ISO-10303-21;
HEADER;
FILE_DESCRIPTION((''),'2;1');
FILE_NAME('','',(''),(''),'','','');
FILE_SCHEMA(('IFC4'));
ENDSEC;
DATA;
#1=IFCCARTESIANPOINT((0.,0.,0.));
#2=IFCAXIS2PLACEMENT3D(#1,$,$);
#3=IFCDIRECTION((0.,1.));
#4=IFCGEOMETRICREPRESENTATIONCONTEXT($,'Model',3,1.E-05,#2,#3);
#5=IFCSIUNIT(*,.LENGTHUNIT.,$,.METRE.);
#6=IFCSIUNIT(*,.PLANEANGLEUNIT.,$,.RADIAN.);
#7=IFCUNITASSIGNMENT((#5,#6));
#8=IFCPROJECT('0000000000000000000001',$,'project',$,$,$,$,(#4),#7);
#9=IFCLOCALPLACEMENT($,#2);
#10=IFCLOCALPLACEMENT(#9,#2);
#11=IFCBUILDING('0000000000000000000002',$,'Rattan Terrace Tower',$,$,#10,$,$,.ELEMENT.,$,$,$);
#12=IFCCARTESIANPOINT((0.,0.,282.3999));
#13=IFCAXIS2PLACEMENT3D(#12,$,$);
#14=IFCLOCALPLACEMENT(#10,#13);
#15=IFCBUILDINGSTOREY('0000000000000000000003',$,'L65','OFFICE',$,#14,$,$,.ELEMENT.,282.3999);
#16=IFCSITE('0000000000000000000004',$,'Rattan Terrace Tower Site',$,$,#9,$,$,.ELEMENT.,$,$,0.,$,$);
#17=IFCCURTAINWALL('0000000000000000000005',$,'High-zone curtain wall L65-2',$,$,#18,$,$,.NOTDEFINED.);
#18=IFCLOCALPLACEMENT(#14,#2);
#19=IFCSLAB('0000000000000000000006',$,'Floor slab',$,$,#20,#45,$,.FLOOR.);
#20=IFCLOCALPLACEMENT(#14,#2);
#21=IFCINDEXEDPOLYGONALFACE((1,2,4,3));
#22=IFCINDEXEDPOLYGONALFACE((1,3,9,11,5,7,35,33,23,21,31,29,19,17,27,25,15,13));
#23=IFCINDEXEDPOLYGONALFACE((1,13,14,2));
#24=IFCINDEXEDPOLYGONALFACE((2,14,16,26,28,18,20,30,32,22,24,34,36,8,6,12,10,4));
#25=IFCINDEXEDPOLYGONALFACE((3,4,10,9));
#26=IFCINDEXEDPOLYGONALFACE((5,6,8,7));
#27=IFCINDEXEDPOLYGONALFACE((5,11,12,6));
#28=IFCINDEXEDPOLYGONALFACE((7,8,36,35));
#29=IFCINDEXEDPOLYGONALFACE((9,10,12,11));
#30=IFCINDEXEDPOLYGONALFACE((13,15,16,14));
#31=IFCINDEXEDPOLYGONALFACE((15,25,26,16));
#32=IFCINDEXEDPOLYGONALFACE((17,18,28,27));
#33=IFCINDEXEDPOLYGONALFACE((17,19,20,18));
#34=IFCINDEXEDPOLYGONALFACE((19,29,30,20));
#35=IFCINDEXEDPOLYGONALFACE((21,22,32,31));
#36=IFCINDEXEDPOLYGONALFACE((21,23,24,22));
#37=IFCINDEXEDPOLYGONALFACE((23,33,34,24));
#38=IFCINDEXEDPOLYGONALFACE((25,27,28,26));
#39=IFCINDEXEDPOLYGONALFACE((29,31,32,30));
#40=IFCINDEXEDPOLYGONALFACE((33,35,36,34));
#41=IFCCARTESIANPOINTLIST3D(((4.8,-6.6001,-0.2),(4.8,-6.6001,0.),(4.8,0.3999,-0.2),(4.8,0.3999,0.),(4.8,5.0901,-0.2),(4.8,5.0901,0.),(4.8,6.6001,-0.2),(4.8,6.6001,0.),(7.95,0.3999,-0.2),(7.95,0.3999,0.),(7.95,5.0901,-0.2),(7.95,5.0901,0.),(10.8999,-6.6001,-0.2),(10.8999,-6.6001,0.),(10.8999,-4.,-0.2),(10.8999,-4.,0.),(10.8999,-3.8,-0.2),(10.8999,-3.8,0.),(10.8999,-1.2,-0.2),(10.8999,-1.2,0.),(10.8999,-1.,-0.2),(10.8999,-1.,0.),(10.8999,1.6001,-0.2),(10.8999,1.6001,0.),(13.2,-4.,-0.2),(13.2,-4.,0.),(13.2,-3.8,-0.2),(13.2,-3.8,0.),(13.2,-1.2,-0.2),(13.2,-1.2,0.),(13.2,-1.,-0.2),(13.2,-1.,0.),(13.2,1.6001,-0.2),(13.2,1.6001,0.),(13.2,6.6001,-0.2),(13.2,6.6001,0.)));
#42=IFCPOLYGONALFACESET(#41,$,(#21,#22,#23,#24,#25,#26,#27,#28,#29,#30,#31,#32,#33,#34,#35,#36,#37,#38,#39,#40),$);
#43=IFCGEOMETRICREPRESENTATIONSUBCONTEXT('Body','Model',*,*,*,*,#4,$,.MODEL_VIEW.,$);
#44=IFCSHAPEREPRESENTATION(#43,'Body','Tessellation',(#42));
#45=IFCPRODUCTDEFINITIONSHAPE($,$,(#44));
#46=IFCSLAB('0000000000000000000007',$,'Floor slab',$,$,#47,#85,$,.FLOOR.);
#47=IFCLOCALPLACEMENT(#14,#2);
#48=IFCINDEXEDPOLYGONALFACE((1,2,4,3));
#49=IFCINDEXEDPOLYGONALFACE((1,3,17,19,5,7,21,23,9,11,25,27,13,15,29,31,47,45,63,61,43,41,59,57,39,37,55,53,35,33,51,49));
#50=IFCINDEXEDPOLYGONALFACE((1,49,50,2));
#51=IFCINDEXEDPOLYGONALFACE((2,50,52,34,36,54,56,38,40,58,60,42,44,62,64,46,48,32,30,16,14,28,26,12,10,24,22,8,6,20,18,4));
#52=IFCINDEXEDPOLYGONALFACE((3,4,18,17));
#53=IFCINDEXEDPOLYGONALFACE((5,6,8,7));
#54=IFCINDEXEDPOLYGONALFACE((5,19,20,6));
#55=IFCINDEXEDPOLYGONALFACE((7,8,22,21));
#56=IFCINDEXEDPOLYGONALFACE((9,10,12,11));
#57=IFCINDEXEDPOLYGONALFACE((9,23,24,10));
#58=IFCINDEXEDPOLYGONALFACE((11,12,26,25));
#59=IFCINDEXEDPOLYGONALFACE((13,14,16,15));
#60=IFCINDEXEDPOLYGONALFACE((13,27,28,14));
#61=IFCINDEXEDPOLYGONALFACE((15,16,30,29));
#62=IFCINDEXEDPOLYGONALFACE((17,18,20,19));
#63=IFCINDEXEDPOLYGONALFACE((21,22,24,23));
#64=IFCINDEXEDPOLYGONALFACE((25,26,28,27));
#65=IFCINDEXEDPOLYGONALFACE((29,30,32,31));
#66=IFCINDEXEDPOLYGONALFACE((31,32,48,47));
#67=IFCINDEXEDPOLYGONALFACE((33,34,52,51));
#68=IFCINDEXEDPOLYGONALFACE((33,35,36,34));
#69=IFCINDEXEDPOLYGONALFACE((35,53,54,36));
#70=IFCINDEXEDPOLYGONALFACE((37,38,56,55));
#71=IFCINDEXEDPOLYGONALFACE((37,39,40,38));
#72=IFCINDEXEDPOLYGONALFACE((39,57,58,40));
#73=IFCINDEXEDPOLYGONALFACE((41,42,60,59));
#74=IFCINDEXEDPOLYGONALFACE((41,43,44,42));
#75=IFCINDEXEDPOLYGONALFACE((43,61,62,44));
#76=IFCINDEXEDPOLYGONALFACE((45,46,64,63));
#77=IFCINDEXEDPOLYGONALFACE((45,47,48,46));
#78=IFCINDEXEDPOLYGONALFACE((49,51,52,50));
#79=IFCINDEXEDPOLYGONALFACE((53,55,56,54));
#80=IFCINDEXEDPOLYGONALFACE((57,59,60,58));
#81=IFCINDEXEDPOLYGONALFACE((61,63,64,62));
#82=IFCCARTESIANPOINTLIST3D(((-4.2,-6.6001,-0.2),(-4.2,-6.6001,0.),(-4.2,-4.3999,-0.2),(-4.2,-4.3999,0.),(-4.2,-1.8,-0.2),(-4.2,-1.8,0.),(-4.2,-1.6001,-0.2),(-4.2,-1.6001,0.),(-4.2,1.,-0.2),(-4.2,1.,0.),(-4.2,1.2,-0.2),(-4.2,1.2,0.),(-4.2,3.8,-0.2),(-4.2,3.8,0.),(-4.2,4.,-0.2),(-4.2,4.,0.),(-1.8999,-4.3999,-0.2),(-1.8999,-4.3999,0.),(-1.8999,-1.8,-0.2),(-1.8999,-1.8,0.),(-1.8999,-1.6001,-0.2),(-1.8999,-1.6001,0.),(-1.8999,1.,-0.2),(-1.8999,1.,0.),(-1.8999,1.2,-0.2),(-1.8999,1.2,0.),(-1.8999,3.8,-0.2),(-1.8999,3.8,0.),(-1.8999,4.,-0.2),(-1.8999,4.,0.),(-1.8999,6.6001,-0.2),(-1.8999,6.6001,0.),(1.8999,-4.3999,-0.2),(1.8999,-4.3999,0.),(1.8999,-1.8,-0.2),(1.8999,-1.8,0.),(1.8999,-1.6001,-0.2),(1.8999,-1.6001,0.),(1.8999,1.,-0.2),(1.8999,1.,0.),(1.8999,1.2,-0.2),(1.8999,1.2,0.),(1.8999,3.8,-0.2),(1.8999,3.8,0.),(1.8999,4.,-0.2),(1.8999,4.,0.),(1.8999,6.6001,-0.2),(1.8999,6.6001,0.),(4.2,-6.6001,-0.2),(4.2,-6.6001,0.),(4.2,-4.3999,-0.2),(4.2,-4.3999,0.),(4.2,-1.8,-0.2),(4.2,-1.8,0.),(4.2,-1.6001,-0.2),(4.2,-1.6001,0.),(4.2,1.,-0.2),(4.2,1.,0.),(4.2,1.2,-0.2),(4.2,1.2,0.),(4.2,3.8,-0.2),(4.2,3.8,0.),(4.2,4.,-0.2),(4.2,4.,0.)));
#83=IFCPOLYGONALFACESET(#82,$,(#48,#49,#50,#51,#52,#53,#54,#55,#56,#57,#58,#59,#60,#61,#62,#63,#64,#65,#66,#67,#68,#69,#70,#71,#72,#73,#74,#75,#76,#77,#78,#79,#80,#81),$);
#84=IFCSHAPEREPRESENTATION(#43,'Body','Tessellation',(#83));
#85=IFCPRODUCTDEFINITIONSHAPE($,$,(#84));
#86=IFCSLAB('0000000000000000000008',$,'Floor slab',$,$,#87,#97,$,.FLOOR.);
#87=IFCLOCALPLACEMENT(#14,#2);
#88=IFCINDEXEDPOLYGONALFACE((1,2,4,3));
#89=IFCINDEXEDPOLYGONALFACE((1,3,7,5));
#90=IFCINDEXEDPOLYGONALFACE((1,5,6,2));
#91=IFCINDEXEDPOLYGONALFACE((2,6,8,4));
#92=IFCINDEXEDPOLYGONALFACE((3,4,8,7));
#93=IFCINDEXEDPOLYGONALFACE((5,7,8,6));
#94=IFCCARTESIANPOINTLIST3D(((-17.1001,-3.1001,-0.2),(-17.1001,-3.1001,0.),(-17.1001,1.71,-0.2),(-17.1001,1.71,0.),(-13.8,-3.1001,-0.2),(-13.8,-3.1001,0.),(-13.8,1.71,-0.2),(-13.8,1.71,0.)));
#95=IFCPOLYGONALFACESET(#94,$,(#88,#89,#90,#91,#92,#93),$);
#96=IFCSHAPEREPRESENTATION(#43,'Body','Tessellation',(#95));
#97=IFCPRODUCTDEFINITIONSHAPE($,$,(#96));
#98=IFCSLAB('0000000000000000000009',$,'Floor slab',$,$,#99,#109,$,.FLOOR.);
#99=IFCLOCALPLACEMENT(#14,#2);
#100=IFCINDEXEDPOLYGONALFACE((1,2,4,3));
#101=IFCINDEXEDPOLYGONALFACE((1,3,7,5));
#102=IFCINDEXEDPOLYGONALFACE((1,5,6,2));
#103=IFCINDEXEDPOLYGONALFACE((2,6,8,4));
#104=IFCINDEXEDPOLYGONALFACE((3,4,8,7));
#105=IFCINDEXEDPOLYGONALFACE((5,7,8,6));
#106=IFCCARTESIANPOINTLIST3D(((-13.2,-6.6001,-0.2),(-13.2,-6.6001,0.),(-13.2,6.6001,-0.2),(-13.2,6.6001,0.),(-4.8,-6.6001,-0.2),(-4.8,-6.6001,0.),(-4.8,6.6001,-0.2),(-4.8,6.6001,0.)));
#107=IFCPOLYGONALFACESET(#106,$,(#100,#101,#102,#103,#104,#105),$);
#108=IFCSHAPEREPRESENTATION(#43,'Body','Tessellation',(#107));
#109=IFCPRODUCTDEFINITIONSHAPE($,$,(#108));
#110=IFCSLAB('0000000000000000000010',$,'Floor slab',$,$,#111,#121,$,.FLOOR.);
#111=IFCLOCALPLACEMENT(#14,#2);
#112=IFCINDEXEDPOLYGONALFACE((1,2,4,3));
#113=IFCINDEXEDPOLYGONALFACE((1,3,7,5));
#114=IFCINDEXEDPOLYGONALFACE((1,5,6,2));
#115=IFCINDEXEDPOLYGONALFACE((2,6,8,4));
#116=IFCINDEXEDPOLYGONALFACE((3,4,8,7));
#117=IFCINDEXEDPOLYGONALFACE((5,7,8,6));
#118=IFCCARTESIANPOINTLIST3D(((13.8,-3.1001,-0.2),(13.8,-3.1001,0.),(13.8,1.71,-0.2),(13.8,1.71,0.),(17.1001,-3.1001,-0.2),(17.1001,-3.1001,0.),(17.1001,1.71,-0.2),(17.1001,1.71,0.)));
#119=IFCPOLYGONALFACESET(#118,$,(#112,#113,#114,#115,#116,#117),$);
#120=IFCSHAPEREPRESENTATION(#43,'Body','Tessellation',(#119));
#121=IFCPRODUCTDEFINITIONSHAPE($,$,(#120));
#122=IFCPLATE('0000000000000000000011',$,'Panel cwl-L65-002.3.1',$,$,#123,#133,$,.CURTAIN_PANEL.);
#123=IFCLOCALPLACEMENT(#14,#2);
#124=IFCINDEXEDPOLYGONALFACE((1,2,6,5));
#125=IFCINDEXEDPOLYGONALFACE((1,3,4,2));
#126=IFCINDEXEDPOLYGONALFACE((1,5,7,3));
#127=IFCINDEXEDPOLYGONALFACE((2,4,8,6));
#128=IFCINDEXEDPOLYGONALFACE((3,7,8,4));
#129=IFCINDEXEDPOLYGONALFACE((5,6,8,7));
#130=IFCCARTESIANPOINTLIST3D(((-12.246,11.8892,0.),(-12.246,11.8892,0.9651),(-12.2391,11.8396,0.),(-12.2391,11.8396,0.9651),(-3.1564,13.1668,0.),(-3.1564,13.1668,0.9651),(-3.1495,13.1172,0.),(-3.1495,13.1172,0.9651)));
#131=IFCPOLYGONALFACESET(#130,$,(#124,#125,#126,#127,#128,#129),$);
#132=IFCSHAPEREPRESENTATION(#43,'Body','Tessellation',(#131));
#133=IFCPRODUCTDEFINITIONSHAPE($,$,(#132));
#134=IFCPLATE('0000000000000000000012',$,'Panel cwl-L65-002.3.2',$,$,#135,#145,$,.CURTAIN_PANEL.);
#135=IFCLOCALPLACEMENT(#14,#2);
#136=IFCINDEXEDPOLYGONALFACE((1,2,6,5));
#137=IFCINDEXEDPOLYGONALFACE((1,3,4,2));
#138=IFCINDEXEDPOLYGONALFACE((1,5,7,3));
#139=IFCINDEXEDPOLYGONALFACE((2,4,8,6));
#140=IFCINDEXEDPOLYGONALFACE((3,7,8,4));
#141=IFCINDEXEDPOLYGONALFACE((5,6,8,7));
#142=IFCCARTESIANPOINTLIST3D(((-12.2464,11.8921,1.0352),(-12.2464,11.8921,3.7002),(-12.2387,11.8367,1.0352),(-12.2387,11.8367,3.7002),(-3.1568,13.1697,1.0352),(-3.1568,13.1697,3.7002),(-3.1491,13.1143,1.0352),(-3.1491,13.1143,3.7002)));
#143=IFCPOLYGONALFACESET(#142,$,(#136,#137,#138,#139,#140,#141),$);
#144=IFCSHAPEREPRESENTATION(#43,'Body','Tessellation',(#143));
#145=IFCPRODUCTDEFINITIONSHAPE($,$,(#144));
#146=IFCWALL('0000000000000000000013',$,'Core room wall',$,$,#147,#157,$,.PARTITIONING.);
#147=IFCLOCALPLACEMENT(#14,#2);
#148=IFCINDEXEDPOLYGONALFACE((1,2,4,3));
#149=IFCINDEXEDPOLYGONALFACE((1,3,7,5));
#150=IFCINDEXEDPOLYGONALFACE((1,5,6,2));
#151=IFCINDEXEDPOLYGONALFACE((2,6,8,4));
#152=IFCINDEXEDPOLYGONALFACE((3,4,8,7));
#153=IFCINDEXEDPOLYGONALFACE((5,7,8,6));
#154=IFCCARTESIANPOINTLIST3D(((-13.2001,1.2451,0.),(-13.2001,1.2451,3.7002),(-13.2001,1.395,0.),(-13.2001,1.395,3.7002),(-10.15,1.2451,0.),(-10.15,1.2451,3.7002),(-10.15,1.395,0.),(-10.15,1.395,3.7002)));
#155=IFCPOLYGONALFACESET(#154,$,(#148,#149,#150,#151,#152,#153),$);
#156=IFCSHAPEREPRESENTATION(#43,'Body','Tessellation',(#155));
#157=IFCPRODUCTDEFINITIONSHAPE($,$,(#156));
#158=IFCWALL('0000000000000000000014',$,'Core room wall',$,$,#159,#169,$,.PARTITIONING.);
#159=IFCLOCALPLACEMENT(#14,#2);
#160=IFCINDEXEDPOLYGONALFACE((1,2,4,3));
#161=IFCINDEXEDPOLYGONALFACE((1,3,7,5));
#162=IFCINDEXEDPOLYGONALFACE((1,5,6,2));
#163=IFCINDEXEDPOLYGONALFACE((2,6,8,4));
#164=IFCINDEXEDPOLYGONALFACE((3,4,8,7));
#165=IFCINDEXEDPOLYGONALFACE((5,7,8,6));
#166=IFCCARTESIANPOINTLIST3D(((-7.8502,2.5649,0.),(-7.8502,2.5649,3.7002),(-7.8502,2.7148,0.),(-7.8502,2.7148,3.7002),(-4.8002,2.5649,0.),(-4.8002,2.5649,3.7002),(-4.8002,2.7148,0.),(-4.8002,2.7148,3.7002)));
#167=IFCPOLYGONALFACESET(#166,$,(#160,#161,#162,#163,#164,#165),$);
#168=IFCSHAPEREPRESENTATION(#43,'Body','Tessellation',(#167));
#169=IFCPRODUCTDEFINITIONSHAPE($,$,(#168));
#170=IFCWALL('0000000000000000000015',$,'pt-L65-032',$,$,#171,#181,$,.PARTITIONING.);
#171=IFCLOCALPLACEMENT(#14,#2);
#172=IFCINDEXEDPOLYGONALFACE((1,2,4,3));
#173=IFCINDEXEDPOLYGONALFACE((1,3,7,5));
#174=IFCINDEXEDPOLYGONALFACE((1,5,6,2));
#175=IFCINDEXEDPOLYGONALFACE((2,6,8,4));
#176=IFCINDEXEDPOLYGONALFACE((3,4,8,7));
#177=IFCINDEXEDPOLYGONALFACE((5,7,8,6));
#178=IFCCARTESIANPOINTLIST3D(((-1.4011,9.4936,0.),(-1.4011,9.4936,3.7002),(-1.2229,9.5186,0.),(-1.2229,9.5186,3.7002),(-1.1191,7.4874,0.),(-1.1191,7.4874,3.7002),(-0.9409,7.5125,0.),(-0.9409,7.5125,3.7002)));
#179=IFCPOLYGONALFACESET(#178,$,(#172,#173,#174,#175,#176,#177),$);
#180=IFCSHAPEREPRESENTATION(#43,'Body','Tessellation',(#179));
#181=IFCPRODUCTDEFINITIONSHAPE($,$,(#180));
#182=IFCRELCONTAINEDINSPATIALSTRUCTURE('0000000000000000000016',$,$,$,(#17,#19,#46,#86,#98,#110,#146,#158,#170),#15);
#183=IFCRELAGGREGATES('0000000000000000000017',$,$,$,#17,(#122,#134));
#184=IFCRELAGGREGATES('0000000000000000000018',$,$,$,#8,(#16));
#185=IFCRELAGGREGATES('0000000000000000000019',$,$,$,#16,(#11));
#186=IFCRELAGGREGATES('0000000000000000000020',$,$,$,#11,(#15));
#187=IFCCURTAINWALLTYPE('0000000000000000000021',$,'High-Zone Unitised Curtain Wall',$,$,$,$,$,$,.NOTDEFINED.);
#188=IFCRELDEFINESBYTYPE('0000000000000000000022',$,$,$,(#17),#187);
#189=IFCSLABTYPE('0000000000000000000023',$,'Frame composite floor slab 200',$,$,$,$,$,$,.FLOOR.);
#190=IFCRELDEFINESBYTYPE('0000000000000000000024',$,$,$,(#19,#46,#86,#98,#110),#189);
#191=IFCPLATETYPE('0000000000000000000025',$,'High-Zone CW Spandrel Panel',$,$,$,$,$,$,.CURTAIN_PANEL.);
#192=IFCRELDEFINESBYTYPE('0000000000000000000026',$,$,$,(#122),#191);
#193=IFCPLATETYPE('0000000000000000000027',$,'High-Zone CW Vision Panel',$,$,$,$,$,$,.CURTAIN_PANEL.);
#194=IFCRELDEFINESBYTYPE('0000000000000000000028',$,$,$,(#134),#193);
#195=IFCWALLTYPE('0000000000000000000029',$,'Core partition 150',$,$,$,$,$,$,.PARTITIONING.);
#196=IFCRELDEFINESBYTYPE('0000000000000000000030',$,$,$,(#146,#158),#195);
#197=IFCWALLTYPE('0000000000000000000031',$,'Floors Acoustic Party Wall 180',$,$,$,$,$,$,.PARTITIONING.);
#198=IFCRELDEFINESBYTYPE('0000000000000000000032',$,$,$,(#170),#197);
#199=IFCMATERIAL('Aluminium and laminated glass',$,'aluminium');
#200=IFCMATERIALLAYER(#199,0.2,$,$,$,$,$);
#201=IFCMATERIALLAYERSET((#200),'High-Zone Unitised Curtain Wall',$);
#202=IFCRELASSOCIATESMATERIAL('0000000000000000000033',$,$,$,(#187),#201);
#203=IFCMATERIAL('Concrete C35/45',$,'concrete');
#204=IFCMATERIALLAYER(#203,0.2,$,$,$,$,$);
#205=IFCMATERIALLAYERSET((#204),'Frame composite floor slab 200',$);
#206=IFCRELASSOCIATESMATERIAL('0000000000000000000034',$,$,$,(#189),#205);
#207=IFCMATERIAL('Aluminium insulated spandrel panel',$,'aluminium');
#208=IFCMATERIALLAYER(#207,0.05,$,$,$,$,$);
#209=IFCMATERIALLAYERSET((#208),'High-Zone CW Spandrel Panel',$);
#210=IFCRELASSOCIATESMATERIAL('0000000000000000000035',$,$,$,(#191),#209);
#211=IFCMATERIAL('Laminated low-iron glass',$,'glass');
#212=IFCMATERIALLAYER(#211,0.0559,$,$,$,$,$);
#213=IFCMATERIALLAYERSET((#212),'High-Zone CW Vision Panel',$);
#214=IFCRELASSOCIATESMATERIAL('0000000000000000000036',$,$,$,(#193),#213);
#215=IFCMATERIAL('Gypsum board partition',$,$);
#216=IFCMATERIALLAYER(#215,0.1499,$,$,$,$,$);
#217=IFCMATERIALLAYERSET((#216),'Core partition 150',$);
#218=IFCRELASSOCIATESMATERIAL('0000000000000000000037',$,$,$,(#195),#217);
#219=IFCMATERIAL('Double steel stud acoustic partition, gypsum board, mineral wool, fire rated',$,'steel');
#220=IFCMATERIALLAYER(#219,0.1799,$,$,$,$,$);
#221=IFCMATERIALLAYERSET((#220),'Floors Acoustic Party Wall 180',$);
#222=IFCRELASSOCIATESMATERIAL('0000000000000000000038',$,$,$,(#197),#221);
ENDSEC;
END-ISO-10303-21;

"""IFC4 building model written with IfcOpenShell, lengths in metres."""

from ifc_helpers import new_model, si_unit, direction, frame, frame_2d, origin, origin_2d, place, context, subcontext, project, spatial, polyline, rectangle, outline, extrude, material, layer, layer_set, type_object, element, aggregate, save


model = new_model("IFC4")

# Units and contexts
model_context = context("Model", 3, precision=1e-05, world=origin(), true_north=direction((0.0, 1.0)))
body_context = subcontext(model_context, "Body", "Model", "MODEL_VIEW")
ifc_project = project(units=[si_unit("LENGTHUNIT", "METRE"), si_unit("PLANEANGLEUNIT", "RADIAN")], contexts=[model_context])

# Site, building, storey
site_placement = place(None, origin())
site = spatial("IfcSite", under=ifc_project, at=site_placement, Name="Rattan Terrace Tower Site", CompositionType="ELEMENT", RefElevation=0.0)
building_placement = place(site_placement, origin())
building = spatial("IfcBuilding", under=site, at=building_placement, Name="Rattan Terrace Tower", CompositionType="ELEMENT")
storey_placement = place(building_placement, frame((0.0, 0.0, 282.3999)))
storey = spatial("IfcBuildingStorey", under=building, at=storey_placement, Name="L65", Description="OFFICE", CompositionType="ELEMENT", Elevation=282.3999)

# Curtain wall
ifc_material_1 = material(Name="Aluminium and laminated glass", Category="aluminium")
ifc_layer_1 = layer(ifc_material_1, 0.2)
ifc_layer_set_1 = layer_set([ifc_layer_1], Name="High-Zone Unitised Curtain Wall")
curtain_wall_type = type_object("IfcCurtainWallType", Name="High-Zone Unitised Curtain Wall", PredefinedType="NOTDEFINED", material=ifc_layer_set_1)
curtain_wall_placement = place(storey_placement, origin())
curtain_wall = element("IfcCurtainWall", 1, at=curtain_wall_placement, inside=storey, type_object=curtain_wall_type, Name="High-zone curtain wall L65-2", PredefinedType="NOTDEFINED")

# Slabs
ifc_material_2 = material(Name="Concrete C35/45", Category="concrete")
ifc_layer_2 = layer(ifc_material_2, 0.2)
ifc_layer_set_2 = layer_set([ifc_layer_2], Name="Frame composite floor slab 200")
slab_type_1 = type_object("IfcSlabType", Name="Frame composite floor slab 200", PredefinedType="FLOOR", material=ifc_layer_set_2)
slab_1_placement = place(storey_placement, frame((0.0, 0.0, -0.2)))
element("IfcSlab", 2, at=slab_1_placement, inside=storey, type_object=slab_type_1, Name="Floor slab", PredefinedType="FLOOR", context=body_context, shape_type="SweptSolid", body=[
    extrude(outline(polyline([(13.2, 6.6001), (4.8, 6.6001), (4.8, 5.0901), (7.95, 5.0901), (7.95, 0.3999), (4.8, 0.3999), (4.8, -6.6001), (10.8999, -6.6001), (10.8999, -4.0), (13.2, -4.0), (13.2, -3.8), (10.8999, -3.8), (10.8999, -1.2), (13.2, -1.2), (13.2, -1.0), (10.8999, -1.0), (10.8999, 1.6001), (13.2, 1.6001), (13.2, 6.6001)])), origin(), (0.0, 0.0, 1.0), 0.2),
])
slab_2_placement = place(storey_placement, frame((0.0, 0.0, -0.2)))
element("IfcSlab", 3, at=slab_2_placement, inside=storey, type_object=slab_type_1, Name="Floor slab", PredefinedType="FLOOR", context=body_context, shape_type="SweptSolid", body=[
    extrude(outline(polyline([(1.8999, 6.6001), (-1.8999, 6.6001), (-1.8999, 4.0), (-4.2, 4.0), (-4.2, 3.8), (-1.8999, 3.8), (-1.8999, 1.2), (-4.2, 1.2), (-4.2, 1.0), (-1.8999, 1.0), (-1.8999, -1.6001), (-4.2, -1.6001), (-4.2, -1.8), (-1.8999, -1.8), (-1.8999, -4.3999), (-4.2, -4.3999), (-4.2, -6.6001), (4.2, -6.6001), (4.2, -4.3999), (1.8999, -4.3999), (1.8999, -1.8), (4.2, -1.8), (4.2, -1.6001), (1.8999, -1.6001), (1.8999, 1.0), (4.2, 1.0), (4.2, 1.2), (1.8999, 1.2), (1.8999, 3.8), (4.2, 3.8), (4.2, 4.0), (1.8999, 4.0), (1.8999, 6.6001)])), origin(), (0.0, 0.0, 1.0), 0.2),
])
slab_3_placement = place(storey_placement, frame((0.0, 0.0, -0.2)))
element("IfcSlab", 4, at=slab_3_placement, inside=storey, type_object=slab_type_1, Name="Floor slab", PredefinedType="FLOOR", context=body_context, shape_type="SweptSolid", body=[
    extrude(outline(polyline([(-17.1001, -3.1001), (-13.8, -3.1001), (-13.8, 1.71), (-17.1001, 1.71), (-17.1001, -3.1001)])), origin(), (0.0, 0.0, 1.0), 0.2),
])
slab_4_placement = place(storey_placement, frame((0.0, 0.0, -0.2)))
element("IfcSlab", 5, at=slab_4_placement, inside=storey, type_object=slab_type_1, Name="Floor slab", PredefinedType="FLOOR", context=body_context, shape_type="SweptSolid", body=[
    extrude(outline(polyline([(-4.8, -6.6001), (-4.8, 6.6001), (-13.2, 6.6001), (-13.2, -6.6001), (-4.8, -6.6001)])), origin(), (0.0, 0.0, 1.0), 0.2),
])
slab_5_placement = place(storey_placement, frame((0.0, 0.0, -0.2)))
element("IfcSlab", 6, at=slab_5_placement, inside=storey, type_object=slab_type_1, Name="Floor slab", PredefinedType="FLOOR", context=body_context, shape_type="SweptSolid", body=[
    extrude(outline(polyline([(13.8, -3.1001), (17.1001, -3.1001), (17.1001, 1.71), (13.8, 1.71), (13.8, -3.1001)])), origin(), (0.0, 0.0, 1.0), 0.2),
])

# Plates
ifc_material_3 = material(Name="Aluminium insulated spandrel panel", Category="aluminium")
ifc_layer_3 = layer(ifc_material_3, 0.05)
ifc_layer_set_3 = layer_set([ifc_layer_3], Name="High-Zone CW Spandrel Panel")
plate_type_1 = type_object("IfcPlateType", Name="High-Zone CW Spandrel Panel", PredefinedType="CURTAIN_PANEL", material=ifc_layer_set_3)
plate_1_placement = place(storey_placement, frame((-7.6978, 12.5032, 0.0), z_axis=(0.0, 0.0, 1.0), x_axis=(-0.990266, -0.139189, 0.0)))
plate_1 = element("IfcPlate", 7, at=plate_1_placement, type_object=plate_type_1, Name="Panel cwl-L65-002.3.1", PredefinedType="CURTAIN_PANEL", context=body_context, shape_type="SweptSolid", body=[
    extrude(rectangle(XDim=9.179, YDim=0.05, at=origin_2d()), origin(), (0.0, 0.0, 1.0), 0.9651),
])
ifc_material_4 = material(Name="Laminated low-iron glass", Category="glass")
ifc_layer_4 = layer(ifc_material_4, 0.0559)
ifc_layer_set_4 = layer_set([ifc_layer_4], Name="High-Zone CW Vision Panel")
plate_type_2 = type_object("IfcPlateType", Name="High-Zone CW Vision Panel", PredefinedType="CURTAIN_PANEL", material=ifc_layer_set_4)
plate_2_placement = place(storey_placement, frame((-7.6978, 12.5032, 1.0352), z_axis=(0.0, 0.0, 1.0), x_axis=(-0.990266, -0.139189, 0.0)))
plate_2 = element("IfcPlate", 8, at=plate_2_placement, type_object=plate_type_2, Name="Panel cwl-L65-002.3.2", PredefinedType="CURTAIN_PANEL", context=body_context, shape_type="SweptSolid", body=[
    extrude(rectangle(XDim=9.179, YDim=0.0559, at=origin_2d()), origin(), (0.0, 0.0, 1.0), 2.665),
])
aggregate(curtain_wall, [plate_1, plate_2])

# Walls
ifc_material_5 = material(Name="Gypsum board partition")
ifc_layer_5 = layer(ifc_material_5, 0.1499)
ifc_layer_set_5 = layer_set([ifc_layer_5], Name="Core partition 150")
wall_type_1 = type_object("IfcWallType", Name="Core partition 150", PredefinedType="PARTITIONING", material=ifc_layer_set_5)
for number, where, z_axis, x_axis, name in (
    (9, (-13.2, 1.3201, 0.0), (0.0, 0.0, 1.0), (1.0, 0.0, 0.0), "Core room wall"),
    (10, (-7.8501, 2.6399, 0.0), (0.0, 0.0, 1.0), (1.0, 0.0, 0.0), "Core room wall"),
):
    element("IfcWall", number, at=place(storey_placement, frame(where, z_axis=z_axis, x_axis=x_axis)), inside=storey, type_object=wall_type_1, Name=name, PredefinedType="PARTITIONING", context=body_context, shape_type="SweptSolid", body=[
        extrude(rectangle(XDim=3.05, YDim=0.1499, at=frame_2d((1.5249, 0.0))), origin(), (0.0, 0.0, 1.0), 3.7002),
    ])
ifc_material_6 = material(Name="Double steel stud acoustic partition, gypsum board, mineral wool, fire rated", Category="steel")
ifc_layer_6 = layer(ifc_material_6, 0.1799)
ifc_layer_set_6 = layer_set([ifc_layer_6], Name="Floors Acoustic Party Wall 180")
wall_type_2 = type_object("IfcWallType", Name="Floors Acoustic Party Wall 180", PredefinedType="PARTITIONING", material=ifc_layer_set_6)
wall_1_placement = place(storey_placement, frame((-1.312, 9.5061, 0.0), z_axis=(0.0, 0.0, 1.0), x_axis=(0.139194, -0.990265, 0.0)))
element("IfcWall", 11, at=wall_1_placement, inside=storey, type_object=wall_type_2, Name="pt-L65-032", PredefinedType="PARTITIONING", context=body_context, shape_type="SweptSolid", body=[
    extrude(rectangle(XDim=2.0259, YDim=0.1799, at=frame_2d((1.0129, 0.0))), origin(), (0.0, 0.0, 1.0), 3.7002),
])

save(model, "model.ifc")
